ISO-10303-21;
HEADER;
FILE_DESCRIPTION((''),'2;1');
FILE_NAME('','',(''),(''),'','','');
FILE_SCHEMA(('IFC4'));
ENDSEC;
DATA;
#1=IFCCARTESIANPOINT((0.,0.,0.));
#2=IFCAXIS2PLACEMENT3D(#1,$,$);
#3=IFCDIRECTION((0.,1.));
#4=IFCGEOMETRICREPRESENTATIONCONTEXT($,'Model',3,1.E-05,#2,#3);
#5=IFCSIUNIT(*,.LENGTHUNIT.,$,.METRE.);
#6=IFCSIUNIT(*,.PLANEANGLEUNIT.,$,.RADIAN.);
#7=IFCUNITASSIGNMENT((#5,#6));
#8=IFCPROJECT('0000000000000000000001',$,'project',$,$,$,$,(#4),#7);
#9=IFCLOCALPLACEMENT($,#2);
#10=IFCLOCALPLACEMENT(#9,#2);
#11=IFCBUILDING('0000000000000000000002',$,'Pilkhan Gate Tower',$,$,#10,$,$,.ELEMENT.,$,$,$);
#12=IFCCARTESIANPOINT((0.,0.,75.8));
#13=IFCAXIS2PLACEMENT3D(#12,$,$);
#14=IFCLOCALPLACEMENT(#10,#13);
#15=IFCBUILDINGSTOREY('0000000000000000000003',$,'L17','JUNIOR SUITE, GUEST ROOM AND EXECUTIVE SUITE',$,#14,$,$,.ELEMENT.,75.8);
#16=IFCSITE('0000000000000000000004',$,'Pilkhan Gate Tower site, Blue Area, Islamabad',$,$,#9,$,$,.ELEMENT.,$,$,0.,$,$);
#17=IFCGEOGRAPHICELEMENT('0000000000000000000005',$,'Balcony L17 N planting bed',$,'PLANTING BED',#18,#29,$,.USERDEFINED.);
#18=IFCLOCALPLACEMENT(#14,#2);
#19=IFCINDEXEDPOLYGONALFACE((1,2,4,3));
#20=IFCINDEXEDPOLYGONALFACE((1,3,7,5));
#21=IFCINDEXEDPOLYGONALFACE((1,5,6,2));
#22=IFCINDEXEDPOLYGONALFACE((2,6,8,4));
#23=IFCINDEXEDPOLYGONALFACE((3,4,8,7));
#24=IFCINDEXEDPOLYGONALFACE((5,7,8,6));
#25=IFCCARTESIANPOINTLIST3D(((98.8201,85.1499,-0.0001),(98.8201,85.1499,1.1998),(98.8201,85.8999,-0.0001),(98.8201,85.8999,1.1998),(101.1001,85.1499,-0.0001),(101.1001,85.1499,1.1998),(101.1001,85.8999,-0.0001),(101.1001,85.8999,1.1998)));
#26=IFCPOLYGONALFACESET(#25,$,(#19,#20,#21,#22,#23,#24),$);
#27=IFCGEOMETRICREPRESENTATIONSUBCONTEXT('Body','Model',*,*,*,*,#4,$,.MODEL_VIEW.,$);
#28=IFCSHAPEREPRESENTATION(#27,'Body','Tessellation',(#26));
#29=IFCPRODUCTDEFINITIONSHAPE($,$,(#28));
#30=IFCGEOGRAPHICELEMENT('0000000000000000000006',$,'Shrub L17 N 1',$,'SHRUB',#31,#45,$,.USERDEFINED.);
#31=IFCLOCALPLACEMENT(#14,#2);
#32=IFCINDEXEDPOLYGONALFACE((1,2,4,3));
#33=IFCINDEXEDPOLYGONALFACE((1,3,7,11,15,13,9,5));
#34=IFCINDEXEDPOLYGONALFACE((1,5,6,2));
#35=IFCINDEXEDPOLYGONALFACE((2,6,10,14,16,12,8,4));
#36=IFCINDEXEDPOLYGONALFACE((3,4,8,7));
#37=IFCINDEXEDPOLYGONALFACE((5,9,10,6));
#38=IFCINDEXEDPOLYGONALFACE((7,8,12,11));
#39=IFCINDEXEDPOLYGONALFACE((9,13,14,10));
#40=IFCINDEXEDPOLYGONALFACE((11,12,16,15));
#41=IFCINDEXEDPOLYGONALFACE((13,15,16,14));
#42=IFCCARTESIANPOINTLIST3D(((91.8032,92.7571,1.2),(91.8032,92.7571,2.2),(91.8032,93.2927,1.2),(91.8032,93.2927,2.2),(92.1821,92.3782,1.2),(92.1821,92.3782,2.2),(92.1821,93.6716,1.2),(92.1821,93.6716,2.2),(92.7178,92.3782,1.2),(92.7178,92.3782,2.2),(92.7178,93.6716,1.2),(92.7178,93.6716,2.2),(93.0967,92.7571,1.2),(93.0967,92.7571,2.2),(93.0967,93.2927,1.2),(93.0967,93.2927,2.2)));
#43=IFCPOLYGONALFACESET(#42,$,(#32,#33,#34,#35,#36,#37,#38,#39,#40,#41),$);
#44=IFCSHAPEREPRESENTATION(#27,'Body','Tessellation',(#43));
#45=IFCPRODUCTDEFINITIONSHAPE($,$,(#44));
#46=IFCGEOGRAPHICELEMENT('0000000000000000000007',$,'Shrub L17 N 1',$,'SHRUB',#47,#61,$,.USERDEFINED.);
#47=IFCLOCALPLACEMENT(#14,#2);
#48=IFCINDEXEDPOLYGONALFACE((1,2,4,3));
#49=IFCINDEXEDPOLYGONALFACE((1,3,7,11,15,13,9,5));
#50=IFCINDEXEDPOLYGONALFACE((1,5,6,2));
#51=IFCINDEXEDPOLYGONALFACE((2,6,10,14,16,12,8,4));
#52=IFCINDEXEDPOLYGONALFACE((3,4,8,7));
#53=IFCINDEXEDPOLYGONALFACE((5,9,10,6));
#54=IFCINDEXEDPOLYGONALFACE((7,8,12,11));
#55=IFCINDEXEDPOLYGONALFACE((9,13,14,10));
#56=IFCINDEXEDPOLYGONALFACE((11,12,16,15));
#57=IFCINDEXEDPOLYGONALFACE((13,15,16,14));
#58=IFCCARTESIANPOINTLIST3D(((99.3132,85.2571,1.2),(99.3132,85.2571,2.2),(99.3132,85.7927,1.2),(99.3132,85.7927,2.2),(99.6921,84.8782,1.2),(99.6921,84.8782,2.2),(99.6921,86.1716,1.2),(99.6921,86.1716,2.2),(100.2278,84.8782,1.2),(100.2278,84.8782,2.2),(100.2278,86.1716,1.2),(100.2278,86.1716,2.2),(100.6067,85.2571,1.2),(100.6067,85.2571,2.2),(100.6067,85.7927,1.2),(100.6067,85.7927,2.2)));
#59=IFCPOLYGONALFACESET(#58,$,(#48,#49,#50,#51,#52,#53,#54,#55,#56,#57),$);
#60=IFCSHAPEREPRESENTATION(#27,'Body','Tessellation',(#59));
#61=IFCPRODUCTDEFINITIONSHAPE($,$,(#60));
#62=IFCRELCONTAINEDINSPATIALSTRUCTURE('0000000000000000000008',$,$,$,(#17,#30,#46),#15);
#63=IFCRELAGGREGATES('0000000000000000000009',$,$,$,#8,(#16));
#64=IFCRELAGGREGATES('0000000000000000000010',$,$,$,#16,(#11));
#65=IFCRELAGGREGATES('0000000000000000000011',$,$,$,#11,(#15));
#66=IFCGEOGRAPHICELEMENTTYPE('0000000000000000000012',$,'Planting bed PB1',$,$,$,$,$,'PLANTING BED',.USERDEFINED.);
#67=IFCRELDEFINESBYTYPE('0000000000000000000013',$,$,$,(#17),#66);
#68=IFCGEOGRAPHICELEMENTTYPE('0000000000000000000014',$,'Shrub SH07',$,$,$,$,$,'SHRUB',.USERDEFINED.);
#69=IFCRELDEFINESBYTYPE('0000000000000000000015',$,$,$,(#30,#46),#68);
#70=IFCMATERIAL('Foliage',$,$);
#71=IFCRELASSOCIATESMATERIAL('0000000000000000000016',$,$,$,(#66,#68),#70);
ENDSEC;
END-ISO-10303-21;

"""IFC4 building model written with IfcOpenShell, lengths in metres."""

from ifc_helpers import new_model, si_unit, direction, frame, origin, origin_2d, place, context, subcontext, project, spatial, polyline, rectangle, outline, extrude, material, material_profile, profile_set, type_object, element, save


model = new_model("IFC4")

# Units and contexts
model_context = context("Model", 3, precision=1e-05, world=origin(), true_north=direction((0.0, 1.0)))
body_context = subcontext(model_context, "Body", "Model", "MODEL_VIEW")
ifc_project = project(units=[si_unit("LENGTHUNIT", "METRE"), si_unit("PLANEANGLEUNIT", "RADIAN")], contexts=[model_context])

# Site, building, storey
site_placement = place(None, origin())
site = spatial("IfcSite", under=ifc_project, at=site_placement, Name="Pilkhan Gate Tower site, Blue Area, Islamabad", CompositionType="ELEMENT", RefElevation=0.0)
building_placement = place(site_placement, origin())
building = spatial("IfcBuilding", under=site, at=building_placement, Name="Pilkhan Gate Tower", CompositionType="ELEMENT")
storey_placement = place(building_placement, frame((0.0, 0.0, 75.8)))
storey = spatial("IfcBuildingStorey", under=building, at=storey_placement, Name="L17", Description="JUNIOR SUITE, GUEST ROOM AND EXECUTIVE SUITE", CompositionType="ELEMENT", Elevation=75.8)

# Geographic elements
ifc_material_1 = material(Name="Foliage")
ifc_material_profile_1 = material_profile(ifc_material_1, rectangle(XDim=0.75, YDim=1.2, at=origin_2d()), Name="Bed 750x1200")
ifc_profile_set_1 = profile_set([ifc_material_profile_1], Name="Foliage")
geographic_element_type_1 = type_object("IfcGeographicElementType", Name="Planting bed PB1", ElementType="PLANTING BED", PredefinedType="USERDEFINED", material=ifc_profile_set_1)
geographic_element_1_placement = place(storey_placement, frame((98.8201, 85.5249, 0.5999), z_axis=(1.0, 0.0, 0.0), x_axis=(0.0, 1.0, 0.0)))
element("IfcGeographicElement", 1, at=geographic_element_1_placement, inside=storey, type_object=geographic_element_type_1, Name="Balcony L17 N planting bed", ObjectType="PLANTING BED", PredefinedType="USERDEFINED", context=body_context, shape_type="SweptSolid", body=[
    extrude(rectangle(XDim=0.75, YDim=1.2, at=origin_2d()), origin(), (0.0, 0.0, 1.0), 2.28),
])
ifc_material_profile_2 = material_profile(ifc_material_1, outline(polyline([(0.6467, 0.2678), (0.2678, 0.6467), (-0.2678, 0.6467), (-0.6467, 0.2678), (-0.6467, -0.2678), (-0.2678, -0.6467), (0.2678, -0.6467), (0.6467, -0.2678), (0.6467, 0.2678)])), Name="Shrub D1.4")
ifc_profile_set_2 = profile_set([ifc_material_profile_2], Name="Foliage")
geographic_element_type_2 = type_object("IfcGeographicElementType", Name="Shrub SH07", ElementType="SHRUB", PredefinedType="USERDEFINED", material=ifc_profile_set_2)
for number, where, z_axis, x_axis, name in (
    (2, (92.45, 93.0249, 1.2), (0.0, 0.0, 1.0), (1.0, 0.0, 0.0), "Shrub L17 N 1"),
    (3, (99.96, 85.5249, 1.2), (0.0, 0.0, 1.0), (1.0, 0.0, 0.0), "Shrub L17 N 1"),
):
    element("IfcGeographicElement", number, at=place(storey_placement, frame(where, z_axis=z_axis, x_axis=x_axis)), inside=storey, type_object=geographic_element_type_2, Name=name, ObjectType="SHRUB", PredefinedType="USERDEFINED", context=body_context, shape_type="SweptSolid", body=[
        extrude(outline(polyline([(0.6467, 0.2678), (0.2678, 0.6467), (-0.2678, 0.6467), (-0.6467, 0.2678), (-0.6467, -0.2678), (-0.2678, -0.6467), (0.2678, -0.6467), (0.6467, -0.2678), (0.6467, 0.2678)])), origin(), (0.0, 0.0, 1.0), 1.0),
    ])

save(model, "model.ifc")
